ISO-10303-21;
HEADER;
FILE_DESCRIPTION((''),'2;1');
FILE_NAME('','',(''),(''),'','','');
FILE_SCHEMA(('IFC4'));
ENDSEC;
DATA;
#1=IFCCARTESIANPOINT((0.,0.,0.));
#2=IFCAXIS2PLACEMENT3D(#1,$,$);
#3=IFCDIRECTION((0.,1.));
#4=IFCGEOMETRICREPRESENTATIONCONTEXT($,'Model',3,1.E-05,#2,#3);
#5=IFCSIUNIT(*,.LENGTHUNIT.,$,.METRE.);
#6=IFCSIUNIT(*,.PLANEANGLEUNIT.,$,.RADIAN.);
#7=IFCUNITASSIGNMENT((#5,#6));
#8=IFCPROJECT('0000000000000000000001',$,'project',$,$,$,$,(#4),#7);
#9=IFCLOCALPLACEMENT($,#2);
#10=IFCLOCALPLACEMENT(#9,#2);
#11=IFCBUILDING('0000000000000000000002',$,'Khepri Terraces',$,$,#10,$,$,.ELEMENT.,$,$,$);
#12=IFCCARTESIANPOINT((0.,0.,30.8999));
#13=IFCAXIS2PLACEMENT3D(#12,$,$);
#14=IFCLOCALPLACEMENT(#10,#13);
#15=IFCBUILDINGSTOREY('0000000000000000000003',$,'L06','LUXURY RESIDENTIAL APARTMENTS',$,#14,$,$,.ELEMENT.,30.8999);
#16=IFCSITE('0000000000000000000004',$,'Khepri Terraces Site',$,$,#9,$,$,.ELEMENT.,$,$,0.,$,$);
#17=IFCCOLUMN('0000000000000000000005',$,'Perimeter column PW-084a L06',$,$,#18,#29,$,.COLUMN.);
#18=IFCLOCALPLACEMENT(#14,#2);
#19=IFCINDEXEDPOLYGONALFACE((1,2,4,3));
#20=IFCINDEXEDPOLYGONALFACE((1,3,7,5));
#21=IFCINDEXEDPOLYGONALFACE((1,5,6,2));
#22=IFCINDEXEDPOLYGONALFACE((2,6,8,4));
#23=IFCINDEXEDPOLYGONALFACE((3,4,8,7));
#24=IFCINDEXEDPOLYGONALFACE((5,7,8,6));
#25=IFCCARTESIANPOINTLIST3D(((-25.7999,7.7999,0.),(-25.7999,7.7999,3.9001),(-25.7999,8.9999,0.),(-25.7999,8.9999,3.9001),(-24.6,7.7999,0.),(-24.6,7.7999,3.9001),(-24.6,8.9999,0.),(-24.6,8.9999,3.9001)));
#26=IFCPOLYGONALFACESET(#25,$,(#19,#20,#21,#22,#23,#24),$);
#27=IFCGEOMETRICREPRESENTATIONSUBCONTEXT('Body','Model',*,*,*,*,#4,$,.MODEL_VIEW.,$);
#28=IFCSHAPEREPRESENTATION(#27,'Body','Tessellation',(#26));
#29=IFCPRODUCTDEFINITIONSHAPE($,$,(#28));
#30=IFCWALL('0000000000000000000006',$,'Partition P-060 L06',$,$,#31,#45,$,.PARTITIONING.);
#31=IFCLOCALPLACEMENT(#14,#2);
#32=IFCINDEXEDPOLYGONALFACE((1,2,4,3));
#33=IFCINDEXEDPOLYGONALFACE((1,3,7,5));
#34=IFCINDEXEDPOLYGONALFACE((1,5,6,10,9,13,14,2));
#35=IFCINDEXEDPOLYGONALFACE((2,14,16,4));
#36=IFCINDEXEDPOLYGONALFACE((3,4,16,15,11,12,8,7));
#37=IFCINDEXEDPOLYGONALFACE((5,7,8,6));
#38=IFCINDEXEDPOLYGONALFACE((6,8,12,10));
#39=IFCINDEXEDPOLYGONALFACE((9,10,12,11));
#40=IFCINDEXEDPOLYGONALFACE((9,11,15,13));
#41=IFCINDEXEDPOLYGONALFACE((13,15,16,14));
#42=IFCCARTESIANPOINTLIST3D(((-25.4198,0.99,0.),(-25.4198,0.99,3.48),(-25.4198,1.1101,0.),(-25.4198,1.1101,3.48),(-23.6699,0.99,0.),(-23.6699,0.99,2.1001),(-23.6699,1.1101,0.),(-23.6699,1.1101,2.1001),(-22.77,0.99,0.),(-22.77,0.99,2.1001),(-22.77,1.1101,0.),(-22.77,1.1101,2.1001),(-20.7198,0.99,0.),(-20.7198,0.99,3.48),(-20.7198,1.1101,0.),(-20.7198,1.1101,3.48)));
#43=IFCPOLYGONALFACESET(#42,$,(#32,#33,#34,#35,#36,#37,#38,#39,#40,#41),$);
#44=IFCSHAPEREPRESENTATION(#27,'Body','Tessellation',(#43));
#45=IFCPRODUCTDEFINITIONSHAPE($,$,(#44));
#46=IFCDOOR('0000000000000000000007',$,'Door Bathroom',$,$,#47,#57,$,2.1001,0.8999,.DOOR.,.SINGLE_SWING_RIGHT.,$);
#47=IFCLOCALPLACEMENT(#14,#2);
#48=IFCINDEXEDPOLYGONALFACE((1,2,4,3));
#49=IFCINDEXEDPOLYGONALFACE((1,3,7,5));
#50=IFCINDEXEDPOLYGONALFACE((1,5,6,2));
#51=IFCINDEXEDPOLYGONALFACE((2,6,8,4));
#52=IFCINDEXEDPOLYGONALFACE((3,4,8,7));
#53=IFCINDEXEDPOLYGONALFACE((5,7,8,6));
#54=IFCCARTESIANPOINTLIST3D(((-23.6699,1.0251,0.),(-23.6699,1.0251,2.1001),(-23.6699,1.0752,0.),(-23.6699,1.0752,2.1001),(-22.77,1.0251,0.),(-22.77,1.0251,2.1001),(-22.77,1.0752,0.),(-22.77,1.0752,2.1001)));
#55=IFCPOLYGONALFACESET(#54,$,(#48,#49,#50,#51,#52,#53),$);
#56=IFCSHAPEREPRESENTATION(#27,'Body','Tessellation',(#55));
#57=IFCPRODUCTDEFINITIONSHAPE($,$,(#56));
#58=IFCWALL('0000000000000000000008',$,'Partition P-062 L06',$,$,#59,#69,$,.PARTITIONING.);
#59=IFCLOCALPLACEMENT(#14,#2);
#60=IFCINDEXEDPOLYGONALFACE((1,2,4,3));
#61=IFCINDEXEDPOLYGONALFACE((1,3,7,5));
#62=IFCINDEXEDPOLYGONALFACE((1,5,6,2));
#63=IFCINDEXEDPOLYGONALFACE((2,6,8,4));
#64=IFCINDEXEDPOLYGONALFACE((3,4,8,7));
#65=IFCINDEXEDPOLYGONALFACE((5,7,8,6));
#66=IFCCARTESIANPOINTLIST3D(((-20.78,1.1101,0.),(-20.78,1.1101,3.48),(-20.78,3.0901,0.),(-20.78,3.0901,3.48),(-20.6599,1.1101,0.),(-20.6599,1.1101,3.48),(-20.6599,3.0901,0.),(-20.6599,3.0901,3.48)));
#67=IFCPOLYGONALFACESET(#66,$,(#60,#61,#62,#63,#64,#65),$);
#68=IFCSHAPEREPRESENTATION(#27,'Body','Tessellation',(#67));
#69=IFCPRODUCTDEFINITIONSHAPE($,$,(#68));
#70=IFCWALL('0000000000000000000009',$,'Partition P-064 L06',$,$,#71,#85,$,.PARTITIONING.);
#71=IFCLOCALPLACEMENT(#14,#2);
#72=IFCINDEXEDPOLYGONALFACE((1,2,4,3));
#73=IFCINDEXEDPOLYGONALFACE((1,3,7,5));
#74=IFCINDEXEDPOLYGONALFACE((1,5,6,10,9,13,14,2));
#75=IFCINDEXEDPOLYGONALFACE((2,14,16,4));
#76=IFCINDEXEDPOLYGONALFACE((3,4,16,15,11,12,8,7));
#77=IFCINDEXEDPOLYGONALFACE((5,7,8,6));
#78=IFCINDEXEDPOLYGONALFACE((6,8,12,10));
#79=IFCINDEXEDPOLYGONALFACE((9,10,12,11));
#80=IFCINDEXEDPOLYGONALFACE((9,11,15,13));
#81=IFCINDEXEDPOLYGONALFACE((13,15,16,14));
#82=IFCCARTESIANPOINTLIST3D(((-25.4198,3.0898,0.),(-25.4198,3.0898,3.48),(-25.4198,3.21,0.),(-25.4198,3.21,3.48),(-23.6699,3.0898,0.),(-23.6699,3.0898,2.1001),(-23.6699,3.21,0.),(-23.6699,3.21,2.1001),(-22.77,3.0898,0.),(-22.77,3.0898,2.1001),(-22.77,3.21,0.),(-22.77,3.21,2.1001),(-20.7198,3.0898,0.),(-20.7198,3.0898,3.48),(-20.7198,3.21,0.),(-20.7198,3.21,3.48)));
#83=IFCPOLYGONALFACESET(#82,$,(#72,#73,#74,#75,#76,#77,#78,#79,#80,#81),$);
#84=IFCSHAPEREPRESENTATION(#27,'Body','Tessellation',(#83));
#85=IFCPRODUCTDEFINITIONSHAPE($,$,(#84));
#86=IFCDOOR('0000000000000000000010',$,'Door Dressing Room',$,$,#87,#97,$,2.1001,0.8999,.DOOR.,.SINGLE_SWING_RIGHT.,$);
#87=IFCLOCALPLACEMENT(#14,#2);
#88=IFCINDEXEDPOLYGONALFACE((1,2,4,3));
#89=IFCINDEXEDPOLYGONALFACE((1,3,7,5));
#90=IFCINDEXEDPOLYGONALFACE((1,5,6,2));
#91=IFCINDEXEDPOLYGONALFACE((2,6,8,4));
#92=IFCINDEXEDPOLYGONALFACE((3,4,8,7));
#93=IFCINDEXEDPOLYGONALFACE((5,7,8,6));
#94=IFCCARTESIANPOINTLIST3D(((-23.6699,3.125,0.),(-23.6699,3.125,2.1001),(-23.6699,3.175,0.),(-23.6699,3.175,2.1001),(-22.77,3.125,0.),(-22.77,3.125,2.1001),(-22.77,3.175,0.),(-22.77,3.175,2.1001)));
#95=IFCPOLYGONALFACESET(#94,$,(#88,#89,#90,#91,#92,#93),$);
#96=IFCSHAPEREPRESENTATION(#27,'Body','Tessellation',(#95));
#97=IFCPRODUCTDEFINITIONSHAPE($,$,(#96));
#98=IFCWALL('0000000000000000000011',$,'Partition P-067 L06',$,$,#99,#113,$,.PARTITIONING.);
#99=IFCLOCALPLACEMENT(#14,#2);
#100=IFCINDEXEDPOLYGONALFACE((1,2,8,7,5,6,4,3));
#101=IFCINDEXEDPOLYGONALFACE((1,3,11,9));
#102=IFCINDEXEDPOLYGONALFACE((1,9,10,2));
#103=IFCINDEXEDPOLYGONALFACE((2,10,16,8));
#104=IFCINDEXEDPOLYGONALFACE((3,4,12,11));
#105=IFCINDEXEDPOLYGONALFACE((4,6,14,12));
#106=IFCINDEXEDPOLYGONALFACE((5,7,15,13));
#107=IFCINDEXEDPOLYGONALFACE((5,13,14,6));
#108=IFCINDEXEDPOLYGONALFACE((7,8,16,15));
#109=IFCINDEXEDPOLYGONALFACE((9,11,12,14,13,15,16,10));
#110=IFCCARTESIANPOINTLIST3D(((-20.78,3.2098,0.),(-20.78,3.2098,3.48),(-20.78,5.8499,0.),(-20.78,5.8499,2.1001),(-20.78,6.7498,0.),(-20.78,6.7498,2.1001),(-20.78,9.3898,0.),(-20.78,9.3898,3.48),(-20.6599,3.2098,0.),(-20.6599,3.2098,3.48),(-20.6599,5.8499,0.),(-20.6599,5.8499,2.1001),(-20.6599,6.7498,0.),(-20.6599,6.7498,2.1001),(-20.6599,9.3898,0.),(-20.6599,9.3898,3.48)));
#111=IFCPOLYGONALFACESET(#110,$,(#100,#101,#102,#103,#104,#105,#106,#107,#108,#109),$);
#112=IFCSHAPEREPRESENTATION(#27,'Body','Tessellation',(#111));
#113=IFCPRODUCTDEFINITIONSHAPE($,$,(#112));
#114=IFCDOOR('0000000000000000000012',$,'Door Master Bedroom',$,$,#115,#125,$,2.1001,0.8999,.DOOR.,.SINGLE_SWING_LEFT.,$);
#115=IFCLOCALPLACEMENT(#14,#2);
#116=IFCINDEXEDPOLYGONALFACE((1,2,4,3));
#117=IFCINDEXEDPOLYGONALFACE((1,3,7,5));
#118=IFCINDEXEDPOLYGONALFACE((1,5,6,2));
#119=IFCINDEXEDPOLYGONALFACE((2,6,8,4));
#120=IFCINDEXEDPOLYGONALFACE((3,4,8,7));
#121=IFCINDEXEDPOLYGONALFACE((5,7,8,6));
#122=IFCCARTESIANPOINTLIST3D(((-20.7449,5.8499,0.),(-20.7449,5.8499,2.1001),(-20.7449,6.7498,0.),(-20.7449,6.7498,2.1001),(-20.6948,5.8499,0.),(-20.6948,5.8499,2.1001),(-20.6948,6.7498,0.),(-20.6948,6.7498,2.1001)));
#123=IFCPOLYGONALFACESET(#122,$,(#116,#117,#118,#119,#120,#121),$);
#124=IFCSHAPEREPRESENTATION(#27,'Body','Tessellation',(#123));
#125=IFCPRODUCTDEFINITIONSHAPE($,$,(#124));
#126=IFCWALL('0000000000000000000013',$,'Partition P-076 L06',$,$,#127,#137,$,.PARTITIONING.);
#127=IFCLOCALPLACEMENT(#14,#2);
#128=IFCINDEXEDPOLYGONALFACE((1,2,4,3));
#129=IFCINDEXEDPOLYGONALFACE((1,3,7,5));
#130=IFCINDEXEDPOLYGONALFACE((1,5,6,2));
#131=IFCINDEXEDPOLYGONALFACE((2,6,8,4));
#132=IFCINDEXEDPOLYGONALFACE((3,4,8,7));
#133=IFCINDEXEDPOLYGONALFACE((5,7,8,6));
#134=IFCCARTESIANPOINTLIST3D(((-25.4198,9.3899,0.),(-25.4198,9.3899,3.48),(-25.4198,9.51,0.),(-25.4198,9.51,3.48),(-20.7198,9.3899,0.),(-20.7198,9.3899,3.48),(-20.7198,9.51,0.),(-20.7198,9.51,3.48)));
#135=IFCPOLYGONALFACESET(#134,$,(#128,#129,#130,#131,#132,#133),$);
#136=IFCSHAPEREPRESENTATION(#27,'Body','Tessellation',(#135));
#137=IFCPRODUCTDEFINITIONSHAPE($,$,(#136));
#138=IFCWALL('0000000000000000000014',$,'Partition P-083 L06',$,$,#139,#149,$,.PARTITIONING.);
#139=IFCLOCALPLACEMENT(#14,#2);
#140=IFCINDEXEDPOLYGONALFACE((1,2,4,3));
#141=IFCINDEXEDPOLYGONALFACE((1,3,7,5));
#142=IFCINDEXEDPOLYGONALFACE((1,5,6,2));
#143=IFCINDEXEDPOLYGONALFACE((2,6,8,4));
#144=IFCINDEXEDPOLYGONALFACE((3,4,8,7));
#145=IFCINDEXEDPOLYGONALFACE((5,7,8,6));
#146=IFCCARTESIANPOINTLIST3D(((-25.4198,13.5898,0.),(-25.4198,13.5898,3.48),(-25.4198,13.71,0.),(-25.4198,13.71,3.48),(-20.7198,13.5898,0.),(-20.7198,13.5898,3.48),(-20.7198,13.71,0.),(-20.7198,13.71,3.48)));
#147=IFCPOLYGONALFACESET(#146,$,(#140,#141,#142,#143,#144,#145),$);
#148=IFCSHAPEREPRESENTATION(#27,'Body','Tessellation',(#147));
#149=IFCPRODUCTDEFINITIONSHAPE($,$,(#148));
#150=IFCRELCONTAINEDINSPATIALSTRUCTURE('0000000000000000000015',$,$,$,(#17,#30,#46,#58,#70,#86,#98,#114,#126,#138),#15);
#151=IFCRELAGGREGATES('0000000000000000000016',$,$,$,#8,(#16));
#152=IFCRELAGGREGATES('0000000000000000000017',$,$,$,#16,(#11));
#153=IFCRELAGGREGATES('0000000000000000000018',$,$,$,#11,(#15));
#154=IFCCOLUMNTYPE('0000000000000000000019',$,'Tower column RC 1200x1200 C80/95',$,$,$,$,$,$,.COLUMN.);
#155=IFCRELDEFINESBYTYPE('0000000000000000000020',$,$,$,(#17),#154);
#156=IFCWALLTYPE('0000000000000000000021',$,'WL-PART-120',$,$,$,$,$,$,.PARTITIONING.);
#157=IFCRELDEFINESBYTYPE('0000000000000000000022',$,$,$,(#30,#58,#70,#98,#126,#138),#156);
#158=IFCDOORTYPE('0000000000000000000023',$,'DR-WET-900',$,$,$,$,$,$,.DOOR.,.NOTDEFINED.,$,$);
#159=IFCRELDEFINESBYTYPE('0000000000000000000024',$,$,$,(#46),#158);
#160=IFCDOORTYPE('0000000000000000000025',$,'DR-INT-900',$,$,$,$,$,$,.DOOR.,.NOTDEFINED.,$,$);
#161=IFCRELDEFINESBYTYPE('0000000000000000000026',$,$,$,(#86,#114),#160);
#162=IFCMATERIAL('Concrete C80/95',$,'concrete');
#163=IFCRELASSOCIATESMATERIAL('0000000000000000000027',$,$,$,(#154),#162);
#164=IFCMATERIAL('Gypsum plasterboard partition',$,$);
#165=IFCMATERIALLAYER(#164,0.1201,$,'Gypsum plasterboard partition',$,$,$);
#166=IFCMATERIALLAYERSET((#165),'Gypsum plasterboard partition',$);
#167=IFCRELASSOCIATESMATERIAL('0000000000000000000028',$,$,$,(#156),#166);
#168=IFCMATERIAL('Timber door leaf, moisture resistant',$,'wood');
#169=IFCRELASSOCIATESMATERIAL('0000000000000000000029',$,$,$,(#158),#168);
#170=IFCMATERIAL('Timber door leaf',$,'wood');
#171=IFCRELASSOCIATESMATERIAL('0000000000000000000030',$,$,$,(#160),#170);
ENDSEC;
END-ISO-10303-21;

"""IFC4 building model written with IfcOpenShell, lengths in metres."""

from ifc_helpers import new_model, si_unit, direction, frame, frame_2d, origin, origin_2d, place, context, subcontext, project, spatial, rectangle, extrude, material, layer, layer_set, material_profile, profile_set, type_object, element, fill, save


model = new_model("IFC4")

# Units and contexts
model_context = context("Model", 3, precision=1e-05, world=origin(), true_north=direction((0.0, 1.0)))
body_context = subcontext(model_context, "Body", "Model", "MODEL_VIEW")
ifc_project = project(units=[si_unit("LENGTHUNIT", "METRE"), si_unit("PLANEANGLEUNIT", "RADIAN")], contexts=[model_context])

# Site, building, storey
site_placement = place(None, origin())
site = spatial("IfcSite", under=ifc_project, at=site_placement, Name="Khepri Terraces Site", CompositionType="ELEMENT", RefElevation=0.0)
building_placement = place(site_placement, origin())
building = spatial("IfcBuilding", under=site, at=building_placement, Name="Khepri Terraces", CompositionType="ELEMENT")
storey_placement = place(building_placement, frame((0.0, 0.0, 30.8999)))
storey = spatial("IfcBuildingStorey", under=building, at=storey_placement, Name="L06", Description="LUXURY RESIDENTIAL APARTMENTS", CompositionType="ELEMENT", Elevation=30.8999)

# Column
ifc_material_1 = material(Name="Concrete C80/95", Category="concrete")
ifc_material_profile = material_profile(ifc_material_1, rectangle(XDim=1.2, YDim=1.2, at=origin_2d()), Name="Concrete C80/95", Category="concrete")
ifc_profile_set = profile_set([ifc_material_profile], Name="Concrete C80/95")
column_type = type_object("IfcColumnType", Name="Tower column RC 1200x1200 C80/95", PredefinedType="COLUMN", material=ifc_profile_set)
column_placement = place(storey_placement, frame((-25.2, 8.3999, 0.0), z_axis=(0.0, 0.0, 1.0), x_axis=(1.0, 0.0, 0.0)))
element("IfcColumn", 1, at=column_placement, inside=storey, type_object=column_type, Name="Perimeter column PW-084a L06", PredefinedType="COLUMN", context=body_context, shape_type="SweptSolid", body=[
    extrude(rectangle(XDim=1.2, YDim=1.2, at=origin_2d()), origin(), (0.0, 0.0, 1.0), 3.9001),
])

# Wall, opening, door
ifc_material_2 = material(Name="Gypsum plasterboard partition")
ifc_layer_1 = layer(ifc_material_2, 0.1201, Name="Gypsum plasterboard partition")
ifc_layer_set_1 = layer_set([ifc_layer_1], Name="Gypsum plasterboard partition")
wall_type_1 = type_object("IfcWallType", Name="WL-PART-120", PredefinedType="PARTITIONING", material=ifc_layer_set_1)
wall_1_placement = place(storey_placement, frame((-25.4199, 1.05, 0.0), z_axis=(0.0, 0.0, 1.0), x_axis=(1.0, 0.0, 0.0)))
wall_1 = element("IfcWall", 2, at=wall_1_placement, inside=storey, type_object=wall_type_1, Name="Partition P-060 L06", PredefinedType="PARTITIONING", context=body_context, shape_type="SweptSolid", body=[
    extrude(rectangle(XDim=4.7, YDim=0.1201, at=frame_2d((2.3501, 0.0))), origin(), (0.0, 0.0, 1.0), 3.48),
])
opening_1_placement = place(wall_1_placement, frame((1.75, 0.0, 0.0)))
opening_1 = element("IfcOpeningElement", 3, at=opening_1_placement, cuts=wall_1, PredefinedType="OPENING", context=body_context, shape_type="SweptSolid", body=[
    extrude(rectangle(XDim=0.8999, YDim=2.1001, at=frame_2d((0.45, 1.05))), frame((0.0, 0.0701, 0.0), z_axis=(0.0, -1.0, 0.0), x_axis=(1.0, 0.0, 0.0)), (0.0, 0.0, 1.0), 0.1401),
])
ifc_material_3 = material(Name="Timber door leaf, moisture resistant", Category="wood")
door_type_1 = type_object("IfcDoorType", Name="DR-WET-900", OperationType="NOTDEFINED", PredefinedType="DOOR", material=ifc_material_3)
door_1_placement = place(opening_1_placement, frame((0.8999, 0.0, 0.0), z_axis=(0.0, 0.0, 1.0), x_axis=(-1.0, 0.0, 0.0)))
door_1 = element("IfcDoor", 4, at=door_1_placement, inside=storey, type_object=door_type_1, Name="Door Bathroom", OperationType="SINGLE_SWING_RIGHT", OverallHeight=2.1001, OverallWidth=0.8999, PredefinedType="DOOR", context=body_context, shape_type="SweptSolid", body=[
    extrude(rectangle(XDim=0.8999, YDim=2.1001, at=frame_2d((0.45, 1.05))), frame((0.0, 0.0249, 0.0), z_axis=(0.0, -1.0, 0.0), x_axis=(1.0, 0.0, 0.0)), (0.0, 0.0, 1.0), 0.05),
])
fill(opening_1, door_1)

# Wall
wall_2_placement = place(storey_placement, frame((-20.72, 1.1101, 0.0), z_axis=(0.0, 0.0, 1.0), x_axis=(0.0, 1.0, 0.0)))
element("IfcWall", 5, at=wall_2_placement, inside=storey, type_object=wall_type_1, Name="Partition P-062 L06", PredefinedType="PARTITIONING", context=body_context, shape_type="SweptSolid", body=[
    extrude(rectangle(XDim=1.98, YDim=0.1201, at=frame_2d((0.99, 0.0))), origin(), (0.0, 0.0, 1.0), 3.48),
])

# Walls, openings, doors
wall_3_placement = place(storey_placement, frame((-25.4199, 3.1499, 0.0), z_axis=(0.0, 0.0, 1.0), x_axis=(1.0, 0.0, 0.0)))
wall_3 = element("IfcWall", 6, at=wall_3_placement, inside=storey, type_object=wall_type_1, Name="Partition P-064 L06", PredefinedType="PARTITIONING", context=body_context, shape_type="SweptSolid", body=[
    extrude(rectangle(XDim=4.7, YDim=0.1201, at=frame_2d((2.3501, 0.0))), origin(), (0.0, 0.0, 1.0), 3.48),
])
opening_2_placement = place(wall_3_placement, frame((1.75, 0.0, 0.0)))
opening_2 = element("IfcOpeningElement", 7, at=opening_2_placement, cuts=wall_3, PredefinedType="OPENING", context=body_context, shape_type="SweptSolid", body=[
    extrude(rectangle(XDim=0.8999, YDim=2.1001, at=frame_2d((0.45, 1.05))), frame((0.0, 0.0701, 0.0), z_axis=(0.0, -1.0, 0.0), x_axis=(1.0, 0.0, 0.0)), (0.0, 0.0, 1.0), 0.1401),
])
ifc_material_4 = material(Name="Timber door leaf", Category="wood")
door_type_2 = type_object("IfcDoorType", Name="DR-INT-900", OperationType="NOTDEFINED", PredefinedType="DOOR", material=ifc_material_4)
door_2_placement = place(opening_2_placement, frame((0.8999, 0.0, 0.0), z_axis=(0.0, 0.0, 1.0), x_axis=(-1.0, 0.0, 0.0)))
door_2 = element("IfcDoor", 8, at=door_2_placement, inside=storey, type_object=door_type_2, Name="Door Dressing Room", OperationType="SINGLE_SWING_RIGHT", OverallHeight=2.1001, OverallWidth=0.8999, PredefinedType="DOOR", context=body_context, shape_type="SweptSolid", body=[
    extrude(rectangle(XDim=0.8999, YDim=2.1001, at=frame_2d((0.45, 1.05))), frame((0.0, 0.0249, 0.0), z_axis=(0.0, -1.0, 0.0), x_axis=(1.0, 0.0, 0.0)), (0.0, 0.0, 1.0), 0.05),
])
fill(opening_2, door_2)
wall_4_placement = place(storey_placement, frame((-20.72, 3.21, 0.0), z_axis=(0.0, 0.0, 1.0), x_axis=(0.0, 1.0, 0.0)))
wall_4 = element("IfcWall", 9, at=wall_4_placement, inside=storey, type_object=wall_type_1, Name="Partition P-067 L06", PredefinedType="PARTITIONING", context=body_context, shape_type="SweptSolid", body=[
    extrude(rectangle(XDim=6.1799, YDim=0.1201, at=frame_2d((3.0898, 0.0))), origin(), (0.0, 0.0, 1.0), 3.48),
])
opening_3_placement = place(wall_4_placement, frame((2.6399, 0.0, 0.0)))
opening_3 = element("IfcOpeningElement", 10, at=opening_3_placement, cuts=wall_4, PredefinedType="OPENING", context=body_context, shape_type="SweptSolid", body=[
    extrude(rectangle(XDim=0.8999, YDim=2.1001, at=frame_2d((0.45, 1.05))), frame((0.0, 0.0701, 0.0), z_axis=(0.0, -1.0, 0.0), x_axis=(1.0, 0.0, 0.0)), (0.0, 0.0, 1.0), 0.1401),
])
door_3_placement = place(opening_3_placement, origin())
door_3 = element("IfcDoor", 11, at=door_3_placement, inside=storey, type_object=door_type_2, Name="Door Master Bedroom", OperationType="SINGLE_SWING_LEFT", OverallHeight=2.1001, OverallWidth=0.8999, PredefinedType="DOOR", context=body_context, shape_type="SweptSolid", body=[
    extrude(rectangle(XDim=0.8999, YDim=2.1001, at=frame_2d((0.45, 1.05))), frame((0.0, 0.0249, 0.0), z_axis=(0.0, -1.0, 0.0), x_axis=(1.0, 0.0, 0.0)), (0.0, 0.0, 1.0), 0.05),
])
fill(opening_3, door_3)

# Walls
for number, where, z_axis, x_axis, name in (
    (12, (-25.4199, 9.45, 0.0), (0.0, 0.0, 1.0), (1.0, 0.0, 0.0), "Partition P-076 L06"),
    (13, (-25.4199, 13.6499, 0.0), (0.0, 0.0, 1.0), (1.0, 0.0, 0.0), "Partition P-083 L06"),
):
    element("IfcWall", number, at=place(storey_placement, frame(where, z_axis=z_axis, x_axis=x_axis)), inside=storey, type_object=wall_type_1, Name=name, PredefinedType="PARTITIONING", context=body_context, shape_type="SweptSolid", body=[
        extrude(rectangle(XDim=4.7, YDim=0.1201, at=frame_2d((2.3501, 0.0))), origin(), (0.0, 0.0, 1.0), 3.48),
    ])

save(model, "model.ifc")
